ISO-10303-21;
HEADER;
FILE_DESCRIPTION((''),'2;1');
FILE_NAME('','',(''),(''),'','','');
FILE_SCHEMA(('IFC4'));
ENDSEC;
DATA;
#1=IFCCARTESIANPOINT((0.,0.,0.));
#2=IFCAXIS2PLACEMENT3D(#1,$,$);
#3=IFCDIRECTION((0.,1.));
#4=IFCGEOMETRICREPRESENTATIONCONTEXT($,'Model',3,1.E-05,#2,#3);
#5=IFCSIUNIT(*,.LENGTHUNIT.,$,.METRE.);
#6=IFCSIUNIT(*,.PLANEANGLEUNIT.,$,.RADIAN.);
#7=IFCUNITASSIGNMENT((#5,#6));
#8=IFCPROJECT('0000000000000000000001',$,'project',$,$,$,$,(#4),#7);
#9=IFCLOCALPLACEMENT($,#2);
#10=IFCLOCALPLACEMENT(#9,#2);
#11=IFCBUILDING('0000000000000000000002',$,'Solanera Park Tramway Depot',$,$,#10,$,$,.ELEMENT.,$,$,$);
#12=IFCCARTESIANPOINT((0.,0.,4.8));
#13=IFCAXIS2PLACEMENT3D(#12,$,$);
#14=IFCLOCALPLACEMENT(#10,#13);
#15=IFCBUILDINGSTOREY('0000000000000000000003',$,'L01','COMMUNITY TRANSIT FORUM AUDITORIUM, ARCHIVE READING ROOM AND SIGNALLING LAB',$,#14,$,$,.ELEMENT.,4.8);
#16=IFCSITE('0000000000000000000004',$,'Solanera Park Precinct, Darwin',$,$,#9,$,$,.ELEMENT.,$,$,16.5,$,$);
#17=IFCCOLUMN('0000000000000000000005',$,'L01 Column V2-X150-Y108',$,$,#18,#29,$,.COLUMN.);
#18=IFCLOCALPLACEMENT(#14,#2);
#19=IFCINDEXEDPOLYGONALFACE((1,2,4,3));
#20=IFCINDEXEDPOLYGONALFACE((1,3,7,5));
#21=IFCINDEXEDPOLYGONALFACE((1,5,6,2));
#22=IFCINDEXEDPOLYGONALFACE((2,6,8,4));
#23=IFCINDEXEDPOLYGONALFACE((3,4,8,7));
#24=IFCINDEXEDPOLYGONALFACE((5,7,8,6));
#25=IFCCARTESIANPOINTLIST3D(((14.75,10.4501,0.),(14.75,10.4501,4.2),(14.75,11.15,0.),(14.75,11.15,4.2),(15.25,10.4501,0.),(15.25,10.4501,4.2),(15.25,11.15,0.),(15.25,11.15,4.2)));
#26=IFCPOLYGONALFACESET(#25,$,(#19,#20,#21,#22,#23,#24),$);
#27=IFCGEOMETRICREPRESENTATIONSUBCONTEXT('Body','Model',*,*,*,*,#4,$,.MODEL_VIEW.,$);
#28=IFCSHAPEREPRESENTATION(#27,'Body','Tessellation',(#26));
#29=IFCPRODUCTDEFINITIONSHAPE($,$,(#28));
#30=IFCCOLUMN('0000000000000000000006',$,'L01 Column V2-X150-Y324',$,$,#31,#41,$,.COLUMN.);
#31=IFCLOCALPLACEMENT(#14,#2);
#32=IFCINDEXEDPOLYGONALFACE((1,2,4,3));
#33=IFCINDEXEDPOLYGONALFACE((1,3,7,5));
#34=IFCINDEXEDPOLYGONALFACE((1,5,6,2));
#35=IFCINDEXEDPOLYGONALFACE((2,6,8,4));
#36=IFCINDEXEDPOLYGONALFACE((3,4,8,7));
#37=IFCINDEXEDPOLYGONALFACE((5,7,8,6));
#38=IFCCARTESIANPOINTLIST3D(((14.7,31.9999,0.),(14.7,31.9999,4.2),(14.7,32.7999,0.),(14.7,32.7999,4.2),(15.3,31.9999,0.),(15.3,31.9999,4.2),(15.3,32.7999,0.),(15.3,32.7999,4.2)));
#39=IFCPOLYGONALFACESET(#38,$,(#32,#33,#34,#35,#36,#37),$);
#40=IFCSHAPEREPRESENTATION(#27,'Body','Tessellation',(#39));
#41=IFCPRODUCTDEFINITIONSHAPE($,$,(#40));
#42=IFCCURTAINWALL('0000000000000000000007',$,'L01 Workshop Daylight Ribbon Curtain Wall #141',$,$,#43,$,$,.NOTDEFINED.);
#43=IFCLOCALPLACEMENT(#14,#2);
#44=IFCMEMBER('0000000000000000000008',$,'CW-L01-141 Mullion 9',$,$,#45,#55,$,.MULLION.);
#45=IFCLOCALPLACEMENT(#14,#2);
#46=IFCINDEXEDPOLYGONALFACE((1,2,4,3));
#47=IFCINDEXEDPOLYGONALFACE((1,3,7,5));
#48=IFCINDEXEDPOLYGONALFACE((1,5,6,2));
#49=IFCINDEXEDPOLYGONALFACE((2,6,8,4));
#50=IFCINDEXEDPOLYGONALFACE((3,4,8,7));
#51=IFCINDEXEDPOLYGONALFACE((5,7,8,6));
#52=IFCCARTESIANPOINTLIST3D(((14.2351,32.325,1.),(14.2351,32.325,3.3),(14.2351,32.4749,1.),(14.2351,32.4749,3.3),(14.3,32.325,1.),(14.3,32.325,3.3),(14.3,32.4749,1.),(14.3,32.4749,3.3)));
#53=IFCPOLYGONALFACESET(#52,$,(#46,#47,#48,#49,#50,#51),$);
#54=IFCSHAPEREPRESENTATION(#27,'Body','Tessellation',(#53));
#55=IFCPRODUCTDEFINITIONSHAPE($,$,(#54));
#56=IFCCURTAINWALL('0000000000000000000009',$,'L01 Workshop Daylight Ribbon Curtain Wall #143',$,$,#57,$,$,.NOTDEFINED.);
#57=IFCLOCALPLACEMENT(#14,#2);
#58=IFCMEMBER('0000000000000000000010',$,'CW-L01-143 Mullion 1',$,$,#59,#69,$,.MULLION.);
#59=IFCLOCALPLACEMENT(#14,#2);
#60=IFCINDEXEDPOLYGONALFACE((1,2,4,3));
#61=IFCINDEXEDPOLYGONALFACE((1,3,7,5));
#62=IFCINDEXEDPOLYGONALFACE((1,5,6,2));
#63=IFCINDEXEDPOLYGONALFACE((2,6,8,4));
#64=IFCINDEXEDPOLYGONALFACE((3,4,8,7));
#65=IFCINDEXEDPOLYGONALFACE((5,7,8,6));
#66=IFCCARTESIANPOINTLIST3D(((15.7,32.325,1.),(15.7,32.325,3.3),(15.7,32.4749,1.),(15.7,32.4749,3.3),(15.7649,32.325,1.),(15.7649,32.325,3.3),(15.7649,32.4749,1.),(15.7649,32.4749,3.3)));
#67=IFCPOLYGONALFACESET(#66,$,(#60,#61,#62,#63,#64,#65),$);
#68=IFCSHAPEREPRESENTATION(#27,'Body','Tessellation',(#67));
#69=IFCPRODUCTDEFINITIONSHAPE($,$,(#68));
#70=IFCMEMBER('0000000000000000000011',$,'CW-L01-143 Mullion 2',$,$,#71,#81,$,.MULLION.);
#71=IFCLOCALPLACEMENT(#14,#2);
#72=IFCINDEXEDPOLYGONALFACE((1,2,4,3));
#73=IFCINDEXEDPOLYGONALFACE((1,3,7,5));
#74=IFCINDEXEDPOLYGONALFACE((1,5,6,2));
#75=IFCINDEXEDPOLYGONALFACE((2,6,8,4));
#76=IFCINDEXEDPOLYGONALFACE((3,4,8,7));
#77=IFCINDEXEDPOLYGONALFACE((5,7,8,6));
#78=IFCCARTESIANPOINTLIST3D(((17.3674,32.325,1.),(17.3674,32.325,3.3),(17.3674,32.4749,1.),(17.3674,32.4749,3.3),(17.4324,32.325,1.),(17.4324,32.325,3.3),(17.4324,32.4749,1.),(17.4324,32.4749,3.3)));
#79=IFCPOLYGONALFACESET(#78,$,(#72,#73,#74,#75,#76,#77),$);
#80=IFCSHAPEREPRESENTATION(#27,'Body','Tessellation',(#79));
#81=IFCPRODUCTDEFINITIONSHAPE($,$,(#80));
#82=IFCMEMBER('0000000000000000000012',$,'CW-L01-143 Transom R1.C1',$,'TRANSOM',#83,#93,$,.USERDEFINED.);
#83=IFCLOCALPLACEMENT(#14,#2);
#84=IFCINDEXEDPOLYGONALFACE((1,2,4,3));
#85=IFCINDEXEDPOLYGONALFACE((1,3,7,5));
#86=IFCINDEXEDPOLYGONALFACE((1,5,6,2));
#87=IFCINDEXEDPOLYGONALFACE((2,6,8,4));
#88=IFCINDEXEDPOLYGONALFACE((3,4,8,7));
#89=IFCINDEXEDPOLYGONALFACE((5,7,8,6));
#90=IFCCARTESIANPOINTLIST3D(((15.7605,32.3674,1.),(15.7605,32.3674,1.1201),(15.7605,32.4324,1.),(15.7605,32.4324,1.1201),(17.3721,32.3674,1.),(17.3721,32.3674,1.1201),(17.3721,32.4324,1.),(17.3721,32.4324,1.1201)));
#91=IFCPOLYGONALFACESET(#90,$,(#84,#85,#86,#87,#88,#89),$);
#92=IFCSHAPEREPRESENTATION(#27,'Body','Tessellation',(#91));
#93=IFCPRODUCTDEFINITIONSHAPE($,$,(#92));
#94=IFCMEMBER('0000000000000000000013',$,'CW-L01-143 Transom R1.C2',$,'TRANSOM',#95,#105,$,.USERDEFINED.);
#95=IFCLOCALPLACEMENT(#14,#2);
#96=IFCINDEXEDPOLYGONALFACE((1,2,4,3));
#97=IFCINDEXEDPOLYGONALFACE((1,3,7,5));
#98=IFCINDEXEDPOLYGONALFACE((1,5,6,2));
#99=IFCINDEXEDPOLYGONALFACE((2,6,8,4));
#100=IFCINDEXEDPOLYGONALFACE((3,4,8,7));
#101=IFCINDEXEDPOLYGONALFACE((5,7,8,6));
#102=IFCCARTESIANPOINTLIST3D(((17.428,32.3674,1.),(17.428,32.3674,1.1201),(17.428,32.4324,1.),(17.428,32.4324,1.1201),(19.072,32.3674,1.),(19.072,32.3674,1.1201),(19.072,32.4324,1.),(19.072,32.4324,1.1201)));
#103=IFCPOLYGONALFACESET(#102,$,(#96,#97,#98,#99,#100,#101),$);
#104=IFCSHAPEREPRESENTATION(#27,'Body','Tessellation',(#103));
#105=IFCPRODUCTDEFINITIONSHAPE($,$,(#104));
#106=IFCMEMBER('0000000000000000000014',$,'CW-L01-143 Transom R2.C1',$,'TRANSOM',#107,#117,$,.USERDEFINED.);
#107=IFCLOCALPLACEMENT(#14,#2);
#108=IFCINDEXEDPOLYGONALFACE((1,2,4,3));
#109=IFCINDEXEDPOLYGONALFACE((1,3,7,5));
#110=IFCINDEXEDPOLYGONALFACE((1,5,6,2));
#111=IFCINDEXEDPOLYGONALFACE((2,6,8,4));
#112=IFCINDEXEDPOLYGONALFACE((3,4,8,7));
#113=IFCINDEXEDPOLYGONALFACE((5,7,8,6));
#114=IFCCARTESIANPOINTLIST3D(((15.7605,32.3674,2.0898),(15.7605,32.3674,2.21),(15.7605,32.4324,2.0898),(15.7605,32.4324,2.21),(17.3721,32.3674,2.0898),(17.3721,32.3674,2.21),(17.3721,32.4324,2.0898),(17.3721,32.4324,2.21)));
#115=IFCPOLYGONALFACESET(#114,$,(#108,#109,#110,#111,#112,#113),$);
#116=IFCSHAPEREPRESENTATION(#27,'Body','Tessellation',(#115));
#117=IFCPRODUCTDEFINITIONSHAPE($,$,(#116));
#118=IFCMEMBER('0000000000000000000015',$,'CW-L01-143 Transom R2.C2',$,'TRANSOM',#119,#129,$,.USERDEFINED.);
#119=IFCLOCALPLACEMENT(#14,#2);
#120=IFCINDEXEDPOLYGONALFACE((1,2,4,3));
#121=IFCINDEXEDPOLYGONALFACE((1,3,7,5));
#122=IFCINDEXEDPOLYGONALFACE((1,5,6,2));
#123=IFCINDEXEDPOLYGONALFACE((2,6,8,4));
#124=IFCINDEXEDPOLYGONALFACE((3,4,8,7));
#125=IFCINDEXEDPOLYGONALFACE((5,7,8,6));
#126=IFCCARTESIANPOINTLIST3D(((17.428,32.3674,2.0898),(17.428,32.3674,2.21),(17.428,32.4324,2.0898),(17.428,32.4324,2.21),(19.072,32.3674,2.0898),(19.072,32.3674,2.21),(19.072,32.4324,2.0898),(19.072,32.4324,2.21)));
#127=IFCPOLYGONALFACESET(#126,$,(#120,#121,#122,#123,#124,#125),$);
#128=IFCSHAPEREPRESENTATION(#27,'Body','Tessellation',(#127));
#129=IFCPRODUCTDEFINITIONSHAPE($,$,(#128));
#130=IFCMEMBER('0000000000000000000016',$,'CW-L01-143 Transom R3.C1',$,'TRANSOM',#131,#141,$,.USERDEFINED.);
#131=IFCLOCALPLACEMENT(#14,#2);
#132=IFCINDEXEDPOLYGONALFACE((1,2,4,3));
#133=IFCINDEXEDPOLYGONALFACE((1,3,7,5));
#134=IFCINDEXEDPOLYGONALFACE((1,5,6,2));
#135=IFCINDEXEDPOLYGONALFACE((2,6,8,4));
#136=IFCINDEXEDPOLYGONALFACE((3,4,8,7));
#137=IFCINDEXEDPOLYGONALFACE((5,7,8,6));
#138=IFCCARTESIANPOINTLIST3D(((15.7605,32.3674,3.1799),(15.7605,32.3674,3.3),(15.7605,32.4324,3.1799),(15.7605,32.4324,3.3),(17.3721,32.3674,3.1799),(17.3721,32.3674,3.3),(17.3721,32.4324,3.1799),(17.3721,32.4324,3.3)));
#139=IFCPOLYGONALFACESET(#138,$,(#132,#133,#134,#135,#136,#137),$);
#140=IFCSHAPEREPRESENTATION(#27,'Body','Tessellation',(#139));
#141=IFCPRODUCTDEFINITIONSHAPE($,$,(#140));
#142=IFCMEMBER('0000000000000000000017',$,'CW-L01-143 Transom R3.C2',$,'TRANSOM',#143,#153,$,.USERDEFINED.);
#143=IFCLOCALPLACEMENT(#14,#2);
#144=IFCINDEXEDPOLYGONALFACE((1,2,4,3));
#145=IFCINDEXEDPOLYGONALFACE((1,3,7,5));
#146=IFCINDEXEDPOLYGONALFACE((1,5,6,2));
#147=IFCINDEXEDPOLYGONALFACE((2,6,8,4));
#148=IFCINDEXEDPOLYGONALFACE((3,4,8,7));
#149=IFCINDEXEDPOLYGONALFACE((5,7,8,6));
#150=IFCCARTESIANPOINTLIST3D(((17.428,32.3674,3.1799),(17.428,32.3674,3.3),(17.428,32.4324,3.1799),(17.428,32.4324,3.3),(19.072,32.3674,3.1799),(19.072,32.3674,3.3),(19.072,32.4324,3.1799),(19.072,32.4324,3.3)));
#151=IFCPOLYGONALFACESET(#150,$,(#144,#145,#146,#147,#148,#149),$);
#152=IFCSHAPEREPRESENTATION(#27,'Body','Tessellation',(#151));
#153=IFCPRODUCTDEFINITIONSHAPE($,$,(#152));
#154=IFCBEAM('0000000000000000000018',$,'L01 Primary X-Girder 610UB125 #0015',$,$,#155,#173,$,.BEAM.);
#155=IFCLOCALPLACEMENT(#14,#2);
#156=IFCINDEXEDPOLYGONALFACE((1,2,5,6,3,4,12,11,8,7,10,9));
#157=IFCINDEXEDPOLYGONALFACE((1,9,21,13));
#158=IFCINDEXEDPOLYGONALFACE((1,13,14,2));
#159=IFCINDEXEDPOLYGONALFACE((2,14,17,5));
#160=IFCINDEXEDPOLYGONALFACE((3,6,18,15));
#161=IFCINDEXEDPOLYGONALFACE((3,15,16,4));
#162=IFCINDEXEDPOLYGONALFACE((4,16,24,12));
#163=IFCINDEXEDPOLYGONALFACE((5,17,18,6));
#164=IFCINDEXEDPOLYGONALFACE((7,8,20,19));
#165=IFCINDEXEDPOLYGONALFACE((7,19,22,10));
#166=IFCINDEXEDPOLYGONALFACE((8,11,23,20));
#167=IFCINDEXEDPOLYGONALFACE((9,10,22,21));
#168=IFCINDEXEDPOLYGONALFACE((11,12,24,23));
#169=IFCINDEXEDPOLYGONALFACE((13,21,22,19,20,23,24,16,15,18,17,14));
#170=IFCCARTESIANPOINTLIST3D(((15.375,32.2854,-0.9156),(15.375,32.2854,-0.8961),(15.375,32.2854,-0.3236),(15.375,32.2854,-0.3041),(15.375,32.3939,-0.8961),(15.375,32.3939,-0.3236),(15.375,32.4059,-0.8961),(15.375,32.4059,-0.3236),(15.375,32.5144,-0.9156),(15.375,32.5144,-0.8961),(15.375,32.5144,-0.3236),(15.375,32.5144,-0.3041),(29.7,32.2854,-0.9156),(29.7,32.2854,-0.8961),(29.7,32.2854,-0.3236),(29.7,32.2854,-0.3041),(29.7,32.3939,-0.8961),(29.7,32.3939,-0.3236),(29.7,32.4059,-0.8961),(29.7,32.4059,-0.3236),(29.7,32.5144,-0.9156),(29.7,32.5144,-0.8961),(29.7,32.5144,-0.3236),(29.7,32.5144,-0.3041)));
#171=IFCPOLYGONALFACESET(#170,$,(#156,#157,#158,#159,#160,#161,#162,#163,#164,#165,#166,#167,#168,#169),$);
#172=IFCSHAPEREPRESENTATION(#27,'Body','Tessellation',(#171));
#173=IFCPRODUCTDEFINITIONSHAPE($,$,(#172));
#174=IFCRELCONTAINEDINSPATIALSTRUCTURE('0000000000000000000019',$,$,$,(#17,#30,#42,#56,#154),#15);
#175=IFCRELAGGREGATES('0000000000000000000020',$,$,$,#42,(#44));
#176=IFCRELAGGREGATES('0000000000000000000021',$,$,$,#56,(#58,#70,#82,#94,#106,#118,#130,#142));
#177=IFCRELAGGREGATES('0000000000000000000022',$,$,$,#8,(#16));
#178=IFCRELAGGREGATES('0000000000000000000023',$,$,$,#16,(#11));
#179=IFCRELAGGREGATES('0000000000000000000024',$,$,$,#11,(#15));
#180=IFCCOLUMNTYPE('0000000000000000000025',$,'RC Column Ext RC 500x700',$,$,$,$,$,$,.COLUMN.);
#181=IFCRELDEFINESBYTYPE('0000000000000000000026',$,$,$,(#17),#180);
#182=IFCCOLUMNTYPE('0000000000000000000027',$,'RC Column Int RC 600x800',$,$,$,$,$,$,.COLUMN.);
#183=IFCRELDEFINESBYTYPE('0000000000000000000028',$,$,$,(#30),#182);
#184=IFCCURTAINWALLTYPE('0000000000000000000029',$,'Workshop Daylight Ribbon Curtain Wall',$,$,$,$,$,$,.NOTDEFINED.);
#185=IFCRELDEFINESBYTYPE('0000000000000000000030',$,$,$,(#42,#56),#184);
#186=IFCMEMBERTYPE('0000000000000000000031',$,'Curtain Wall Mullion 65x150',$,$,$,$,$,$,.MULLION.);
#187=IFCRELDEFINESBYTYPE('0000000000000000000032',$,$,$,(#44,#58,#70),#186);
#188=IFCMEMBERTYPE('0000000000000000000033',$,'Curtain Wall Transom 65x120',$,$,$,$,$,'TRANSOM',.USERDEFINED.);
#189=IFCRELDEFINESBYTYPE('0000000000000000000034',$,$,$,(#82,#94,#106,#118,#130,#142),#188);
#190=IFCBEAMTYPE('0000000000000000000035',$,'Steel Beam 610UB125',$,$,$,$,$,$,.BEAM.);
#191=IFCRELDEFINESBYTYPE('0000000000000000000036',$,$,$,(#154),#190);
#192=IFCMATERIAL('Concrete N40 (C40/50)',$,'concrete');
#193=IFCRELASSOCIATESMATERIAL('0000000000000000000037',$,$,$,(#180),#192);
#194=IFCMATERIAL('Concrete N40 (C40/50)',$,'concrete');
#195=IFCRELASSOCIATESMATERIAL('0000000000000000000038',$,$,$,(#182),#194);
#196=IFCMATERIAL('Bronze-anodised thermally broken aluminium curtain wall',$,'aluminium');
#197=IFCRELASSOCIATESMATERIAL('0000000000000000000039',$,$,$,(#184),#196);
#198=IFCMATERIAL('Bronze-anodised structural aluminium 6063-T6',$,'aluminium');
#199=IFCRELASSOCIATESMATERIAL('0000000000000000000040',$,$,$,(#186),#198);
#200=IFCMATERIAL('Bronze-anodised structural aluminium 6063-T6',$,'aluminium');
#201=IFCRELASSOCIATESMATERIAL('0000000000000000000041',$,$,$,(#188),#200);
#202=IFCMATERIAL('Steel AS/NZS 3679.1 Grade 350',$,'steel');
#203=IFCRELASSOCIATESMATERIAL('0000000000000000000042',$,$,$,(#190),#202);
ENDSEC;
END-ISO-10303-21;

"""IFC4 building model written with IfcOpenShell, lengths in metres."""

from ifc_helpers import new_model, si_unit, direction, frame, origin, origin_2d, place, context, subcontext, project, spatial, rectangle, i_section, extrude, material, material_profile, profile_set, type_object, element, aggregate, save


model = new_model("IFC4")

# Units and contexts
model_context = context("Model", 3, precision=1e-05, world=origin(), true_north=direction((0.0, 1.0)))
body_context = subcontext(model_context, "Body", "Model", "MODEL_VIEW")
ifc_project = project(units=[si_unit("LENGTHUNIT", "METRE"), si_unit("PLANEANGLEUNIT", "RADIAN")], contexts=[model_context])

# Site, building, storey
site_placement = place(None, origin())
site = spatial("IfcSite", under=ifc_project, at=site_placement, Name="Solanera Park Precinct, Darwin", CompositionType="ELEMENT", RefElevation=16.5)
building_placement = place(site_placement, origin())
building = spatial("IfcBuilding", under=site, at=building_placement, Name="Solanera Park Tramway Depot", CompositionType="ELEMENT")
storey_placement = place(building_placement, frame((0.0, 0.0, 4.8)))
storey = spatial("IfcBuildingStorey", under=building, at=storey_placement, Name="L01", Description="COMMUNITY TRANSIT FORUM AUDITORIUM, ARCHIVE READING ROOM AND SIGNALLING LAB", CompositionType="ELEMENT", Elevation=4.8)

# Columns
ifc_material_1 = material(Name="Concrete N40 (C40/50)", Category="concrete")
ifc_material_profile_1 = material_profile(ifc_material_1, rectangle(XDim=0.5, YDim=0.7, at=origin_2d()), Name="RC 500x700")
ifc_profile_set_1 = profile_set([ifc_material_profile_1], Name="Concrete N40 (C40/50)")
column_type_1 = type_object("IfcColumnType", Name="RC Column Ext RC 500x700", PredefinedType="COLUMN", material=ifc_profile_set_1)
column_1_placement = place(storey_placement, frame((15.0, 10.8, 0.0), z_axis=(0.0, 0.0, 1.0), x_axis=(1.0, 0.0, 0.0)))
element("IfcColumn", 1, at=column_1_placement, inside=storey, type_object=column_type_1, Name="L01 Column V2-X150-Y108", PredefinedType="COLUMN", context=body_context, shape_type="SweptSolid", body=[
    extrude(rectangle(XDim=0.5, YDim=0.7, at=origin_2d()), origin(), (0.0, 0.0, 1.0), 4.2),
])
ifc_material_2 = material(Name="Concrete N40 (C40/50)", Category="concrete")
ifc_material_profile_2 = material_profile(ifc_material_2, rectangle(XDim=0.6001, YDim=0.8, at=origin_2d()), Name="RC 600x800")
ifc_profile_set_2 = profile_set([ifc_material_profile_2], Name="Concrete N40 (C40/50)")
column_type_2 = type_object("IfcColumnType", Name="RC Column Int RC 600x800", PredefinedType="COLUMN", material=ifc_profile_set_2)
column_2_placement = place(storey_placement, frame((15.0, 32.3999, 0.0), z_axis=(0.0, 0.0, 1.0), x_axis=(1.0, 0.0, 0.0)))
element("IfcColumn", 2, at=column_2_placement, inside=storey, type_object=column_type_2, Name="L01 Column V2-X150-Y324", PredefinedType="COLUMN", context=body_context, shape_type="SweptSolid", body=[
    extrude(rectangle(XDim=0.6001, YDim=0.8, at=origin_2d()), origin(), (0.0, 0.0, 1.0), 4.2),
])

# Curtain wall, member
ifc_material_3 = material(Name="Bronze-anodised thermally broken aluminium curtain wall", Category="aluminium")
curtain_wall_type = type_object("IfcCurtainWallType", Name="Workshop Daylight Ribbon Curtain Wall", PredefinedType="NOTDEFINED", material=ifc_material_3)
curtain_wall_1_placement = place(storey_placement, origin())
curtain_wall_1 = element("IfcCurtainWall", 3, at=curtain_wall_1_placement, inside=storey, type_object=curtain_wall_type, Name="L01 Workshop Daylight Ribbon Curtain Wall #141", PredefinedType="NOTDEFINED")
ifc_material_4 = material(Name="Bronze-anodised structural aluminium 6063-T6", Category="aluminium")
ifc_material_profile_3 = material_profile(ifc_material_4, rectangle(XDim=0.0649, YDim=0.1499, at=origin_2d()), Name="Curtain Wall Mullion 65x150")
ifc_profile_set_3 = profile_set([ifc_material_profile_3], Name="Bronze-anodised structural aluminium 6063-T6")
member_type_1 = type_object("IfcMemberType", Name="Curtain Wall Mullion 65x150", PredefinedType="MULLION", material=ifc_profile_set_3)
member_1_placement = place(storey_placement, frame((14.2676, 32.3999, 1.0), z_axis=(0.0, 0.0, 1.0), x_axis=(1.0, 0.0, 0.0)))
member_1 = element("IfcMember", 4, at=member_1_placement, type_object=member_type_1, Name="CW-L01-141 Mullion 9", PredefinedType="MULLION", context=body_context, shape_type="SweptSolid", body=[
    extrude(rectangle(XDim=0.0649, YDim=0.1499, at=origin_2d()), origin(), (0.0, 0.0, 1.0), 2.3),
])

# Curtain wall, members
curtain_wall_2_placement = place(storey_placement, origin())
curtain_wall_2 = element("IfcCurtainWall", 5, at=curtain_wall_2_placement, inside=storey, type_object=curtain_wall_type, Name="L01 Workshop Daylight Ribbon Curtain Wall #143", PredefinedType="NOTDEFINED")
member_2_placement = place(storey_placement, frame((15.7324, 32.3999, 1.0), z_axis=(0.0, 0.0, 1.0), x_axis=(1.0, 0.0, 0.0)))
member_2 = element("IfcMember", 6, at=member_2_placement, type_object=member_type_1, Name="CW-L01-143 Mullion 1", PredefinedType="MULLION", context=body_context, shape_type="SweptSolid", body=[
    extrude(rectangle(XDim=0.0649, YDim=0.1499, at=origin_2d()), origin(), (0.0, 0.0, 1.0), 2.3),
])
member_3_placement = place(storey_placement, frame((17.3999, 32.3999, 1.0), z_axis=(0.0, 0.0, 1.0), x_axis=(1.0, 0.0, 0.0)))
member_3 = element("IfcMember", 7, at=member_3_placement, type_object=member_type_1, Name="CW-L01-143 Mullion 2", PredefinedType="MULLION", context=body_context, shape_type="SweptSolid", body=[
    extrude(rectangle(XDim=0.0649, YDim=0.1499, at=origin_2d()), origin(), (0.0, 0.0, 1.0), 2.3),
])
ifc_material_5 = material(Name="Bronze-anodised structural aluminium 6063-T6", Category="aluminium")
ifc_material_profile_4 = material_profile(ifc_material_5, rectangle(XDim=0.0649, YDim=0.1201, at=origin_2d()), Name="Curtain Wall Transom 65x120")
ifc_profile_set_4 = profile_set([ifc_material_profile_4], Name="Bronze-anodised structural aluminium 6063-T6")
member_type_2 = type_object("IfcMemberType", Name="Curtain Wall Transom 65x120", ElementType="TRANSOM", PredefinedType="USERDEFINED", material=ifc_profile_set_4)
member_4_placement = place(storey_placement, frame((15.7605, 32.3999, 1.0601), z_axis=(1.0, 0.0, 0.0), x_axis=(0.0, 1.0, 0.0)))
member_4 = element("IfcMember", 8, at=member_4_placement, type_object=member_type_2, Name="CW-L01-143 Transom R1.C1", ObjectType="TRANSOM", PredefinedType="USERDEFINED", context=body_context, shape_type="SweptSolid", body=[
    extrude(rectangle(XDim=0.0649, YDim=0.1201, at=origin_2d()), origin(), (0.0, 0.0, 1.0), 1.6116),
])
member_5_placement = place(storey_placement, frame((17.428, 32.3999, 1.0601), z_axis=(1.0, 0.0, 0.0), x_axis=(0.0, 1.0, 0.0)))
member_5 = element("IfcMember", 9, at=member_5_placement, type_object=member_type_2, Name="CW-L01-143 Transom R1.C2", ObjectType="TRANSOM", PredefinedType="USERDEFINED", context=body_context, shape_type="SweptSolid", body=[
    extrude(rectangle(XDim=0.0649, YDim=0.1201, at=origin_2d()), origin(), (0.0, 0.0, 1.0), 1.644),
])
member_6_placement = place(storey_placement, frame((15.7605, 32.3999, 2.1499), z_axis=(1.0, 0.0, 0.0), x_axis=(0.0, 1.0, 0.0)))
member_6 = element("IfcMember", 10, at=member_6_placement, type_object=member_type_2, Name="CW-L01-143 Transom R2.C1", ObjectType="TRANSOM", PredefinedType="USERDEFINED", context=body_context, shape_type="SweptSolid", body=[
    extrude(rectangle(XDim=0.0649, YDim=0.1201, at=origin_2d()), origin(), (0.0, 0.0, 1.0), 1.6116),
])
member_7_placement = place(storey_placement, frame((17.428, 32.3999, 2.1499), z_axis=(1.0, 0.0, 0.0), x_axis=(0.0, 1.0, 0.0)))
member_7 = element("IfcMember", 11, at=member_7_placement, type_object=member_type_2, Name="CW-L01-143 Transom R2.C2", ObjectType="TRANSOM", PredefinedType="USERDEFINED", context=body_context, shape_type="SweptSolid", body=[
    extrude(rectangle(XDim=0.0649, YDim=0.1201, at=origin_2d()), origin(), (0.0, 0.0, 1.0), 1.644),
])
member_8_placement = place(storey_placement, frame((15.7605, 32.3999, 3.24), z_axis=(1.0, 0.0, 0.0), x_axis=(0.0, 1.0, 0.0)))
member_8 = element("IfcMember", 12, at=member_8_placement, type_object=member_type_2, Name="CW-L01-143 Transom R3.C1", ObjectType="TRANSOM", PredefinedType="USERDEFINED", context=body_context, shape_type="SweptSolid", body=[
    extrude(rectangle(XDim=0.0649, YDim=0.1201, at=origin_2d()), origin(), (0.0, 0.0, 1.0), 1.6116),
])
member_9_placement = place(storey_placement, frame((17.428, 32.3999, 3.24), z_axis=(1.0, 0.0, 0.0), x_axis=(0.0, 1.0, 0.0)))
member_9 = element("IfcMember", 13, at=member_9_placement, type_object=member_type_2, Name="CW-L01-143 Transom R3.C2", ObjectType="TRANSOM", PredefinedType="USERDEFINED", context=body_context, shape_type="SweptSolid", body=[
    extrude(rectangle(XDim=0.0649, YDim=0.1201, at=origin_2d()), origin(), (0.0, 0.0, 1.0), 1.644),
])

# Beam
ifc_material_6 = material(Name="Steel AS/NZS 3679.1 Grade 350", Category="steel")
ifc_material_profile_5 = material_profile(ifc_material_6, i_section(OverallWidth=0.229, OverallDepth=0.6116, WebThickness=0.012, FlangeThickness=0.0195, at=origin_2d()), Name="610UB125")
ifc_profile_set_5 = profile_set([ifc_material_profile_5], Name="Steel AS/NZS 3679.1 Grade 350")
beam_type_1 = type_object("IfcBeamType", Name="Steel Beam 610UB125", PredefinedType="BEAM", material=ifc_profile_set_5)
beam_1_placement = place(storey_placement, frame((15.375, 32.3999, -0.6099), z_axis=(1.0, 0.0, 0.0), x_axis=(0.0, 1.0, 0.0)))
element("IfcBeam", 14, at=beam_1_placement, inside=storey, type_object=beam_type_1, Name="L01 Primary X-Girder 610UB125 #0015", PredefinedType="BEAM", context=body_context, shape_type="SweptSolid", body=[
    extrude(i_section(OverallWidth=0.229, OverallDepth=0.6116, WebThickness=0.012, FlangeThickness=0.0195, at=origin_2d()), origin(), (0.0, 0.0, 1.0), 14.325),
])

aggregate(curtain_wall_1, [member_1])
aggregate(curtain_wall_2, [member_2, member_3, member_4, member_5, member_6, member_7, member_8, member_9])

save(model, "model.ifc")
